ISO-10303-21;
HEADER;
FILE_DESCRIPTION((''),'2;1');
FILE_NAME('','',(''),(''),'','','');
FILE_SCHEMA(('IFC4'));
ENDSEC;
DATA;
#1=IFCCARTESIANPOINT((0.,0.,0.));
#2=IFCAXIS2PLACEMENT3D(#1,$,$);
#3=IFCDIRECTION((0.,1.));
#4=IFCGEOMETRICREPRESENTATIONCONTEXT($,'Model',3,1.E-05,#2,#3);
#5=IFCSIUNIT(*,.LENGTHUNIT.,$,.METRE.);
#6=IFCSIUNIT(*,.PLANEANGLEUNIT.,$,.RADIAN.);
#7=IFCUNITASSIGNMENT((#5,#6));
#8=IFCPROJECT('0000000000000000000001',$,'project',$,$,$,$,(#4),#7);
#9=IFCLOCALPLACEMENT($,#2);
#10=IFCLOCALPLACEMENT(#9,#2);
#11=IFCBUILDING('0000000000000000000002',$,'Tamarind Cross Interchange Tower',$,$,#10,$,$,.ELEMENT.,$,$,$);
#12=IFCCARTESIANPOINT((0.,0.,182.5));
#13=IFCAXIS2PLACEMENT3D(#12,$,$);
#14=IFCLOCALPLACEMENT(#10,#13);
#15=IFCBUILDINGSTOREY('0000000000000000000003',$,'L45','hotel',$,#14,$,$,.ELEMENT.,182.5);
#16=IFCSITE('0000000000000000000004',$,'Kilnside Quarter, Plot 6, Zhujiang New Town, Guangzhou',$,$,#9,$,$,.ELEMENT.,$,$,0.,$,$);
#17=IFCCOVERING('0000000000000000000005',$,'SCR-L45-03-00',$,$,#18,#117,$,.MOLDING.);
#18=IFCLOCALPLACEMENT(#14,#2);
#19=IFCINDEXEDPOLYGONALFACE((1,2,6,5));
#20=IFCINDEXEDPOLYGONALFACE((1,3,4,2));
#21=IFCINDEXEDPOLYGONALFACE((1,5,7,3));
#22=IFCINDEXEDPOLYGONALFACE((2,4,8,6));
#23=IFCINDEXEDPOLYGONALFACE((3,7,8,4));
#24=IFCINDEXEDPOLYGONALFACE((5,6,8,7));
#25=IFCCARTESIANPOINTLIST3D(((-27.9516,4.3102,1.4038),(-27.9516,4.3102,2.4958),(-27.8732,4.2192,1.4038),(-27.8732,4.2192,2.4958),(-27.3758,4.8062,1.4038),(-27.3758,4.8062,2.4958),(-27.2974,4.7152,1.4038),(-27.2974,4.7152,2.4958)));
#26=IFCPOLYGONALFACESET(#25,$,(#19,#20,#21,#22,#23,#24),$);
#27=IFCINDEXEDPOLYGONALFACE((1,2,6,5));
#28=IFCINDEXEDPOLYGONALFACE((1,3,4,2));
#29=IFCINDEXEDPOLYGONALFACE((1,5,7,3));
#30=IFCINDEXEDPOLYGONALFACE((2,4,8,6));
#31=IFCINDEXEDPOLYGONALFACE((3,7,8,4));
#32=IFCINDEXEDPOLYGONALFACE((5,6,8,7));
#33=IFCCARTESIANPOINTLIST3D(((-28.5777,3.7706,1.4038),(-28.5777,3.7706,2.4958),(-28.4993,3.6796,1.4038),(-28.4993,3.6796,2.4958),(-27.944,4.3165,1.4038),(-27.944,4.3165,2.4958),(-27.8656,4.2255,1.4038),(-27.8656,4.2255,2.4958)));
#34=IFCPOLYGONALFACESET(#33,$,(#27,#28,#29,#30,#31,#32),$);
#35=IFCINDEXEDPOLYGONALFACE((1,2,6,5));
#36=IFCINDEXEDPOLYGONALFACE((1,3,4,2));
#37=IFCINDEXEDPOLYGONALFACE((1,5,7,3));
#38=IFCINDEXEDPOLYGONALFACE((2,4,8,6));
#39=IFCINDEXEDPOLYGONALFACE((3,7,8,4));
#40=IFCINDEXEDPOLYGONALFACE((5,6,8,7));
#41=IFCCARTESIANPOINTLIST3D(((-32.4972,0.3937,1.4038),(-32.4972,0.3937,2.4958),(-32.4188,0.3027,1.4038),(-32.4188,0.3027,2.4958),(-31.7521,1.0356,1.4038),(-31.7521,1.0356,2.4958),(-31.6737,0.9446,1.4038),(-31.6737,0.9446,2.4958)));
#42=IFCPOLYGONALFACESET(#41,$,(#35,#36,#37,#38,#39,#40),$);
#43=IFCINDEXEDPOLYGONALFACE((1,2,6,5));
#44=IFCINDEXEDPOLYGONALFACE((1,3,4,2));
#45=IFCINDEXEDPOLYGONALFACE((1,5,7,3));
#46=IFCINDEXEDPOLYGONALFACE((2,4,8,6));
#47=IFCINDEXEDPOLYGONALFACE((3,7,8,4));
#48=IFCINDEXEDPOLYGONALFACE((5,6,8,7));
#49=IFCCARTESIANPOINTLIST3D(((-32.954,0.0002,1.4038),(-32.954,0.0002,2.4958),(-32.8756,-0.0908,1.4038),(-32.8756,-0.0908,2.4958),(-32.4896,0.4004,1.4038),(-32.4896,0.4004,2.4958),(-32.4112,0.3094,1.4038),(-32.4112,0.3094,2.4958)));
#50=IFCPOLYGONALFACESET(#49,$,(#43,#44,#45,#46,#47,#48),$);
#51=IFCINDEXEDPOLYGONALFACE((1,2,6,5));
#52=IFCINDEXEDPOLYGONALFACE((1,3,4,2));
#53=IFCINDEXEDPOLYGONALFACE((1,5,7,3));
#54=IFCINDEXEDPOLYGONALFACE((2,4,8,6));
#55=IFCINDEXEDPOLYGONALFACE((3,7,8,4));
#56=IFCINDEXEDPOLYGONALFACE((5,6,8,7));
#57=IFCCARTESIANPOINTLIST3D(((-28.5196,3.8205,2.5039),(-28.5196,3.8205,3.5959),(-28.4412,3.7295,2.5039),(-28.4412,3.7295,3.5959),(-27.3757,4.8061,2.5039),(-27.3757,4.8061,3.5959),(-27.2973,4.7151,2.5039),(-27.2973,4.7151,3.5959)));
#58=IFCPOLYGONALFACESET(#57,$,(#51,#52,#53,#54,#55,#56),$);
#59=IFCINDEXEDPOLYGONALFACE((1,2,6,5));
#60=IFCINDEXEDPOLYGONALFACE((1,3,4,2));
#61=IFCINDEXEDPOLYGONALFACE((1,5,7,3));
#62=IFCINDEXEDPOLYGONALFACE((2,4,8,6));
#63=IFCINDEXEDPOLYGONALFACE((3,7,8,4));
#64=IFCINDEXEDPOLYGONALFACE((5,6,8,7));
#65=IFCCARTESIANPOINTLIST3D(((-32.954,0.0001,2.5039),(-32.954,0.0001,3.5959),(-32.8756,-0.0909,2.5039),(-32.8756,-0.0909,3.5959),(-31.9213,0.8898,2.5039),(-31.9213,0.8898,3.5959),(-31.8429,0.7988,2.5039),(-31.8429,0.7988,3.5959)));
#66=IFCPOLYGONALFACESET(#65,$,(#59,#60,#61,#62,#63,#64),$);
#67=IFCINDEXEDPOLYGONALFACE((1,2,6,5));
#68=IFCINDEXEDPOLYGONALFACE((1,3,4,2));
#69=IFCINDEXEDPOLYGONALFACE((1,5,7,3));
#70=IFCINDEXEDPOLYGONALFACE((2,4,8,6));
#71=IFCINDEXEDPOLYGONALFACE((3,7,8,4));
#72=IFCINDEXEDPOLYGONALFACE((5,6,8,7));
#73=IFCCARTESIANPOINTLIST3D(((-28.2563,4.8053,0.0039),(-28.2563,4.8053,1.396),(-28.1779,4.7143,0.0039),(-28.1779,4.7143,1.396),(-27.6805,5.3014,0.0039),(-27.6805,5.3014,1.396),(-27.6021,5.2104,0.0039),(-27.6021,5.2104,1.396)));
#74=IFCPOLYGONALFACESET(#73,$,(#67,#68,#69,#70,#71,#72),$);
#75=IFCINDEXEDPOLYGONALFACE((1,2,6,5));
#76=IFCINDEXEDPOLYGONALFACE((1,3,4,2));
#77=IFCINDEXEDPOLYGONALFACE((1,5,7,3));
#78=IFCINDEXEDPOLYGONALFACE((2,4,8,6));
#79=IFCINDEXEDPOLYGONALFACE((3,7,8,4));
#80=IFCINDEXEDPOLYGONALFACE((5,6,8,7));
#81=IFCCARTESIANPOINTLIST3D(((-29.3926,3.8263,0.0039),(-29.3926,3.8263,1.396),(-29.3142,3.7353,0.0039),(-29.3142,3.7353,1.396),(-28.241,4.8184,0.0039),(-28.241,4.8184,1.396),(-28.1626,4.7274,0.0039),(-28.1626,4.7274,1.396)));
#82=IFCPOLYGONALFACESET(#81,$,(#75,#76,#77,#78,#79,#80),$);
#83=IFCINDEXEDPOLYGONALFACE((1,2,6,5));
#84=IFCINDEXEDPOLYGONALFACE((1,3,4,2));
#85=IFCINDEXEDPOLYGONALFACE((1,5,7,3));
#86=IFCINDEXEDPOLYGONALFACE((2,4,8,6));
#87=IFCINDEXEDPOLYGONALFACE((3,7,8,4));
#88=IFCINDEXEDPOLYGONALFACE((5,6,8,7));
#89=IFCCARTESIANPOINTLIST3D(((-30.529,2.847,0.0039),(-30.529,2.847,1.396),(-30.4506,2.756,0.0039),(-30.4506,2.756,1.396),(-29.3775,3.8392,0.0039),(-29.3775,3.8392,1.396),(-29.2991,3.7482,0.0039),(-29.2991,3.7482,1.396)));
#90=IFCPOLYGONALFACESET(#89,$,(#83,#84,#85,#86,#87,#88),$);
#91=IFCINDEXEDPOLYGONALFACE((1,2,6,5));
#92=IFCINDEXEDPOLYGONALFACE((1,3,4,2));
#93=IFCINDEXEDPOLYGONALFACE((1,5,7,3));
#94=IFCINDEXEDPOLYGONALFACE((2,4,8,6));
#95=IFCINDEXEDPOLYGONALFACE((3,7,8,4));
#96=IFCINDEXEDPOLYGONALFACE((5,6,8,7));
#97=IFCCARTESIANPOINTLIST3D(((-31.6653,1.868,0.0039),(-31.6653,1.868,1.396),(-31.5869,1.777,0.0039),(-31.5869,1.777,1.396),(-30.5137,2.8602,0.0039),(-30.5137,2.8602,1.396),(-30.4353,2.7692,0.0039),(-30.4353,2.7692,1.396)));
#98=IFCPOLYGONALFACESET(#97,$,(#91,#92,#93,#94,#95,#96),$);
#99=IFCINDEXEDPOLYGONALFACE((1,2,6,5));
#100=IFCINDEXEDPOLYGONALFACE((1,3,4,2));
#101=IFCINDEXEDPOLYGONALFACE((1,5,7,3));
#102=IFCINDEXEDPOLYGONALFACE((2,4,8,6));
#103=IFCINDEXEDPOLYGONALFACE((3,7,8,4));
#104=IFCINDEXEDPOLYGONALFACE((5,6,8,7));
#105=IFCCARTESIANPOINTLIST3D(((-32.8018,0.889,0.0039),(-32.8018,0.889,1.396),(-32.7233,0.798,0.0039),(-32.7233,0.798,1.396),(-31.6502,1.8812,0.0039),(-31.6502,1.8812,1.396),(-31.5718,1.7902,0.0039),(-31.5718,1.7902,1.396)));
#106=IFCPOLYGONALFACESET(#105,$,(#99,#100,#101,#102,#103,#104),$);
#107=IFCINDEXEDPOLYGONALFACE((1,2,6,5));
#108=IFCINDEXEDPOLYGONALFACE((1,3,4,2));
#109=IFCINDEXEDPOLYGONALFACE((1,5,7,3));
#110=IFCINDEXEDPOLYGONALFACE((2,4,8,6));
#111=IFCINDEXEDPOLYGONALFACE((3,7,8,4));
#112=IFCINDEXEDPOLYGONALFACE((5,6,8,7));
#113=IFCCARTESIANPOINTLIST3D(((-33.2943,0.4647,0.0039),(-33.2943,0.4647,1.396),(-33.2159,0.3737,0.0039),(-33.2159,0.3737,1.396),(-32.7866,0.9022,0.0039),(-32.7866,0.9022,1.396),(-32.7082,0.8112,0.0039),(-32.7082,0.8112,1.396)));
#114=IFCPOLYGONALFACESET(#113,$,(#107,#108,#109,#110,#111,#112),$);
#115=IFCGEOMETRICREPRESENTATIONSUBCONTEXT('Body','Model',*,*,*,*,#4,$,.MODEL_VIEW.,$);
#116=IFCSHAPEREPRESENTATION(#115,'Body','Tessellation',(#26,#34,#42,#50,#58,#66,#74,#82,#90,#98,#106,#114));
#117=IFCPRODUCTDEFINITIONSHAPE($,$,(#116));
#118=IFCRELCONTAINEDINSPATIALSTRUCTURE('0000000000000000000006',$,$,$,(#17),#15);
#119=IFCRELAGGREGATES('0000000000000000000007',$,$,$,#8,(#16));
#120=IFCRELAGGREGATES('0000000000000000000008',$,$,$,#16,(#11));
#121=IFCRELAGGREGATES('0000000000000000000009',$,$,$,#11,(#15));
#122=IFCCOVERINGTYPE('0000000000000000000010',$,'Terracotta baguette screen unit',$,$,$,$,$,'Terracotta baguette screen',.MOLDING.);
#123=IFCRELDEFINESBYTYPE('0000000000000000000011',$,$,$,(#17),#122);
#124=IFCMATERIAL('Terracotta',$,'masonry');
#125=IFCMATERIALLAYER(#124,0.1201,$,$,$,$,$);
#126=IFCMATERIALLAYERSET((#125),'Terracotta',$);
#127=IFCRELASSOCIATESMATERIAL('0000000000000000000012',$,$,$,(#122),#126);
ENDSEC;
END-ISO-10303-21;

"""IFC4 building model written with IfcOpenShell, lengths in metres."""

from ifc_helpers import new_model, si_unit, direction, frame, origin, origin_2d, place, context, subcontext, project, spatial, rectangle, extrude, material, layer, layer_set, type_object, element, save


model = new_model("IFC4")

# Units and contexts
model_context = context("Model", 3, precision=1e-05, world=origin(), true_north=direction((0.0, 1.0)))
body_context = subcontext(model_context, "Body", "Model", "MODEL_VIEW")
ifc_project = project(units=[si_unit("LENGTHUNIT", "METRE"), si_unit("PLANEANGLEUNIT", "RADIAN")], contexts=[model_context])

# Site, building, storey
site_placement = place(None, origin())
site = spatial("IfcSite", under=ifc_project, at=site_placement, Name="Kilnside Quarter, Plot 6, Zhujiang New Town, Guangzhou", CompositionType="ELEMENT", RefElevation=0.0)
building_placement = place(site_placement, origin())
building = spatial("IfcBuilding", under=site, at=building_placement, Name="Tamarind Cross Interchange Tower", CompositionType="ELEMENT")
storey_placement = place(building_placement, frame((0.0, 0.0, 182.5)))
storey = spatial("IfcBuildingStorey", under=building, at=storey_placement, Name="L45", Description="hotel", CompositionType="ELEMENT", Elevation=182.5)

# Covering
ifc_material_1 = material(Name="Terracotta", Category="masonry")
ifc_layer_1 = layer(ifc_material_1, 0.1201)
ifc_layer_set_1 = layer_set([ifc_layer_1], Name="Terracotta")
covering_type = type_object("IfcCoveringType", Name="Terracotta baguette screen unit", ElementType="Terracotta baguette screen", PredefinedType="MOLDING", material=ifc_layer_set_1)
covering_1_placement = place(storey_placement, origin())
element("IfcCovering", 1, at=covering_1_placement, inside=storey, type_object=covering_type, Name="SCR-L45-03-00", PredefinedType="MOLDING", context=body_context, shape_type="SweptSolid", body=[
    extrude(rectangle(XDim=0.76, YDim=0.1201, at=origin_2d()), frame((-27.6245, 4.5127, 1.4038), z_axis=(0.0, 0.0, 1.0), x_axis=(-0.757597, -0.652723, 0.0)), (0.0, 0.0, 1.0), 1.092),
    extrude(rectangle(XDim=0.8364, YDim=0.1201, at=origin_2d()), frame((-28.2217, 3.998, 1.4038), z_axis=(0.0, 0.0, 1.0), x_axis=(-0.757597, -0.652723, 0.0)), (0.0, 0.0, 1.0), 1.092),
    extrude(rectangle(XDim=0.9834, YDim=0.1201, at=origin_2d()), frame((-32.0854, 0.6692, 1.4038), z_axis=(0.0, 0.0, 1.0), x_axis=(-0.757597, -0.652723, 0.0)), (0.0, 0.0, 1.0), 1.092),
    extrude(rectangle(XDim=0.613, YDim=0.1201, at=origin_2d()), frame((-32.6826, 0.1548, 1.4038), z_axis=(0.0, 0.0, 1.0), x_axis=(-0.757597, -0.652723, 0.0)), (0.0, 0.0, 1.0), 1.092),
    extrude(rectangle(XDim=1.51, YDim=0.1201, at=origin_2d()), frame((-27.9084, 4.2678, 2.5039), z_axis=(0.0, 0.0, 1.0), x_axis=(-0.757597, -0.652723, 0.0)), (0.0, 0.0, 1.0), 1.092),
    extrude(rectangle(XDim=1.363, YDim=0.1201, at=origin_2d()), frame((-32.3984, 0.3994, 2.5039), z_axis=(0.0, 0.0, 1.0), x_axis=(-0.757597, -0.652723, 0.0)), (0.0, 0.0, 1.0), 1.092),
    extrude(rectangle(XDim=0.76, YDim=0.1201, at=origin_2d()), frame((-27.9292, 5.0078, 0.0039), z_axis=(0.0, 0.0, 1.0), x_axis=(-0.757597, -0.652723, 0.0)), (0.0, 0.0, 1.0), 1.3921),
    extrude(rectangle(XDim=1.52, YDim=0.1201, at=origin_2d()), frame((-28.7776, 4.2769, 0.0039), z_axis=(0.0, 0.0, 1.0), x_axis=(-0.757597, -0.652723, 0.0)), (0.0, 0.0, 1.0), 1.3921),
    extrude(rectangle(XDim=1.52, YDim=0.1201, at=origin_2d()), frame((-29.9141, 3.2976, 0.0039), z_axis=(0.0, 0.0, 1.0), x_axis=(-0.757597, -0.652723, 0.0)), (0.0, 0.0, 1.0), 1.3921),
    extrude(rectangle(XDim=1.52, YDim=0.1201, at=origin_2d()), frame((-31.0503, 2.3186, 0.0039), z_axis=(0.0, 0.0, 1.0), x_axis=(-0.757597, -0.652723, 0.0)), (0.0, 0.0, 1.0), 1.3921),
    extrude(rectangle(XDim=1.52, YDim=0.1201, at=origin_2d()), frame((-32.1868, 1.3396, 0.0039), z_axis=(0.0, 0.0, 1.0), x_axis=(-0.757597, -0.652723, 0.0)), (0.0, 0.0, 1.0), 1.3921),
    extrude(rectangle(XDim=0.6702, YDim=0.1201, at=origin_2d()), frame((-33.0012, 0.6379, 0.0039), z_axis=(0.0, 0.0, 1.0), x_axis=(-0.757597, -0.652723, 0.0)), (0.0, 0.0, 1.0), 1.3921),
])

save(model, "model.ifc")
